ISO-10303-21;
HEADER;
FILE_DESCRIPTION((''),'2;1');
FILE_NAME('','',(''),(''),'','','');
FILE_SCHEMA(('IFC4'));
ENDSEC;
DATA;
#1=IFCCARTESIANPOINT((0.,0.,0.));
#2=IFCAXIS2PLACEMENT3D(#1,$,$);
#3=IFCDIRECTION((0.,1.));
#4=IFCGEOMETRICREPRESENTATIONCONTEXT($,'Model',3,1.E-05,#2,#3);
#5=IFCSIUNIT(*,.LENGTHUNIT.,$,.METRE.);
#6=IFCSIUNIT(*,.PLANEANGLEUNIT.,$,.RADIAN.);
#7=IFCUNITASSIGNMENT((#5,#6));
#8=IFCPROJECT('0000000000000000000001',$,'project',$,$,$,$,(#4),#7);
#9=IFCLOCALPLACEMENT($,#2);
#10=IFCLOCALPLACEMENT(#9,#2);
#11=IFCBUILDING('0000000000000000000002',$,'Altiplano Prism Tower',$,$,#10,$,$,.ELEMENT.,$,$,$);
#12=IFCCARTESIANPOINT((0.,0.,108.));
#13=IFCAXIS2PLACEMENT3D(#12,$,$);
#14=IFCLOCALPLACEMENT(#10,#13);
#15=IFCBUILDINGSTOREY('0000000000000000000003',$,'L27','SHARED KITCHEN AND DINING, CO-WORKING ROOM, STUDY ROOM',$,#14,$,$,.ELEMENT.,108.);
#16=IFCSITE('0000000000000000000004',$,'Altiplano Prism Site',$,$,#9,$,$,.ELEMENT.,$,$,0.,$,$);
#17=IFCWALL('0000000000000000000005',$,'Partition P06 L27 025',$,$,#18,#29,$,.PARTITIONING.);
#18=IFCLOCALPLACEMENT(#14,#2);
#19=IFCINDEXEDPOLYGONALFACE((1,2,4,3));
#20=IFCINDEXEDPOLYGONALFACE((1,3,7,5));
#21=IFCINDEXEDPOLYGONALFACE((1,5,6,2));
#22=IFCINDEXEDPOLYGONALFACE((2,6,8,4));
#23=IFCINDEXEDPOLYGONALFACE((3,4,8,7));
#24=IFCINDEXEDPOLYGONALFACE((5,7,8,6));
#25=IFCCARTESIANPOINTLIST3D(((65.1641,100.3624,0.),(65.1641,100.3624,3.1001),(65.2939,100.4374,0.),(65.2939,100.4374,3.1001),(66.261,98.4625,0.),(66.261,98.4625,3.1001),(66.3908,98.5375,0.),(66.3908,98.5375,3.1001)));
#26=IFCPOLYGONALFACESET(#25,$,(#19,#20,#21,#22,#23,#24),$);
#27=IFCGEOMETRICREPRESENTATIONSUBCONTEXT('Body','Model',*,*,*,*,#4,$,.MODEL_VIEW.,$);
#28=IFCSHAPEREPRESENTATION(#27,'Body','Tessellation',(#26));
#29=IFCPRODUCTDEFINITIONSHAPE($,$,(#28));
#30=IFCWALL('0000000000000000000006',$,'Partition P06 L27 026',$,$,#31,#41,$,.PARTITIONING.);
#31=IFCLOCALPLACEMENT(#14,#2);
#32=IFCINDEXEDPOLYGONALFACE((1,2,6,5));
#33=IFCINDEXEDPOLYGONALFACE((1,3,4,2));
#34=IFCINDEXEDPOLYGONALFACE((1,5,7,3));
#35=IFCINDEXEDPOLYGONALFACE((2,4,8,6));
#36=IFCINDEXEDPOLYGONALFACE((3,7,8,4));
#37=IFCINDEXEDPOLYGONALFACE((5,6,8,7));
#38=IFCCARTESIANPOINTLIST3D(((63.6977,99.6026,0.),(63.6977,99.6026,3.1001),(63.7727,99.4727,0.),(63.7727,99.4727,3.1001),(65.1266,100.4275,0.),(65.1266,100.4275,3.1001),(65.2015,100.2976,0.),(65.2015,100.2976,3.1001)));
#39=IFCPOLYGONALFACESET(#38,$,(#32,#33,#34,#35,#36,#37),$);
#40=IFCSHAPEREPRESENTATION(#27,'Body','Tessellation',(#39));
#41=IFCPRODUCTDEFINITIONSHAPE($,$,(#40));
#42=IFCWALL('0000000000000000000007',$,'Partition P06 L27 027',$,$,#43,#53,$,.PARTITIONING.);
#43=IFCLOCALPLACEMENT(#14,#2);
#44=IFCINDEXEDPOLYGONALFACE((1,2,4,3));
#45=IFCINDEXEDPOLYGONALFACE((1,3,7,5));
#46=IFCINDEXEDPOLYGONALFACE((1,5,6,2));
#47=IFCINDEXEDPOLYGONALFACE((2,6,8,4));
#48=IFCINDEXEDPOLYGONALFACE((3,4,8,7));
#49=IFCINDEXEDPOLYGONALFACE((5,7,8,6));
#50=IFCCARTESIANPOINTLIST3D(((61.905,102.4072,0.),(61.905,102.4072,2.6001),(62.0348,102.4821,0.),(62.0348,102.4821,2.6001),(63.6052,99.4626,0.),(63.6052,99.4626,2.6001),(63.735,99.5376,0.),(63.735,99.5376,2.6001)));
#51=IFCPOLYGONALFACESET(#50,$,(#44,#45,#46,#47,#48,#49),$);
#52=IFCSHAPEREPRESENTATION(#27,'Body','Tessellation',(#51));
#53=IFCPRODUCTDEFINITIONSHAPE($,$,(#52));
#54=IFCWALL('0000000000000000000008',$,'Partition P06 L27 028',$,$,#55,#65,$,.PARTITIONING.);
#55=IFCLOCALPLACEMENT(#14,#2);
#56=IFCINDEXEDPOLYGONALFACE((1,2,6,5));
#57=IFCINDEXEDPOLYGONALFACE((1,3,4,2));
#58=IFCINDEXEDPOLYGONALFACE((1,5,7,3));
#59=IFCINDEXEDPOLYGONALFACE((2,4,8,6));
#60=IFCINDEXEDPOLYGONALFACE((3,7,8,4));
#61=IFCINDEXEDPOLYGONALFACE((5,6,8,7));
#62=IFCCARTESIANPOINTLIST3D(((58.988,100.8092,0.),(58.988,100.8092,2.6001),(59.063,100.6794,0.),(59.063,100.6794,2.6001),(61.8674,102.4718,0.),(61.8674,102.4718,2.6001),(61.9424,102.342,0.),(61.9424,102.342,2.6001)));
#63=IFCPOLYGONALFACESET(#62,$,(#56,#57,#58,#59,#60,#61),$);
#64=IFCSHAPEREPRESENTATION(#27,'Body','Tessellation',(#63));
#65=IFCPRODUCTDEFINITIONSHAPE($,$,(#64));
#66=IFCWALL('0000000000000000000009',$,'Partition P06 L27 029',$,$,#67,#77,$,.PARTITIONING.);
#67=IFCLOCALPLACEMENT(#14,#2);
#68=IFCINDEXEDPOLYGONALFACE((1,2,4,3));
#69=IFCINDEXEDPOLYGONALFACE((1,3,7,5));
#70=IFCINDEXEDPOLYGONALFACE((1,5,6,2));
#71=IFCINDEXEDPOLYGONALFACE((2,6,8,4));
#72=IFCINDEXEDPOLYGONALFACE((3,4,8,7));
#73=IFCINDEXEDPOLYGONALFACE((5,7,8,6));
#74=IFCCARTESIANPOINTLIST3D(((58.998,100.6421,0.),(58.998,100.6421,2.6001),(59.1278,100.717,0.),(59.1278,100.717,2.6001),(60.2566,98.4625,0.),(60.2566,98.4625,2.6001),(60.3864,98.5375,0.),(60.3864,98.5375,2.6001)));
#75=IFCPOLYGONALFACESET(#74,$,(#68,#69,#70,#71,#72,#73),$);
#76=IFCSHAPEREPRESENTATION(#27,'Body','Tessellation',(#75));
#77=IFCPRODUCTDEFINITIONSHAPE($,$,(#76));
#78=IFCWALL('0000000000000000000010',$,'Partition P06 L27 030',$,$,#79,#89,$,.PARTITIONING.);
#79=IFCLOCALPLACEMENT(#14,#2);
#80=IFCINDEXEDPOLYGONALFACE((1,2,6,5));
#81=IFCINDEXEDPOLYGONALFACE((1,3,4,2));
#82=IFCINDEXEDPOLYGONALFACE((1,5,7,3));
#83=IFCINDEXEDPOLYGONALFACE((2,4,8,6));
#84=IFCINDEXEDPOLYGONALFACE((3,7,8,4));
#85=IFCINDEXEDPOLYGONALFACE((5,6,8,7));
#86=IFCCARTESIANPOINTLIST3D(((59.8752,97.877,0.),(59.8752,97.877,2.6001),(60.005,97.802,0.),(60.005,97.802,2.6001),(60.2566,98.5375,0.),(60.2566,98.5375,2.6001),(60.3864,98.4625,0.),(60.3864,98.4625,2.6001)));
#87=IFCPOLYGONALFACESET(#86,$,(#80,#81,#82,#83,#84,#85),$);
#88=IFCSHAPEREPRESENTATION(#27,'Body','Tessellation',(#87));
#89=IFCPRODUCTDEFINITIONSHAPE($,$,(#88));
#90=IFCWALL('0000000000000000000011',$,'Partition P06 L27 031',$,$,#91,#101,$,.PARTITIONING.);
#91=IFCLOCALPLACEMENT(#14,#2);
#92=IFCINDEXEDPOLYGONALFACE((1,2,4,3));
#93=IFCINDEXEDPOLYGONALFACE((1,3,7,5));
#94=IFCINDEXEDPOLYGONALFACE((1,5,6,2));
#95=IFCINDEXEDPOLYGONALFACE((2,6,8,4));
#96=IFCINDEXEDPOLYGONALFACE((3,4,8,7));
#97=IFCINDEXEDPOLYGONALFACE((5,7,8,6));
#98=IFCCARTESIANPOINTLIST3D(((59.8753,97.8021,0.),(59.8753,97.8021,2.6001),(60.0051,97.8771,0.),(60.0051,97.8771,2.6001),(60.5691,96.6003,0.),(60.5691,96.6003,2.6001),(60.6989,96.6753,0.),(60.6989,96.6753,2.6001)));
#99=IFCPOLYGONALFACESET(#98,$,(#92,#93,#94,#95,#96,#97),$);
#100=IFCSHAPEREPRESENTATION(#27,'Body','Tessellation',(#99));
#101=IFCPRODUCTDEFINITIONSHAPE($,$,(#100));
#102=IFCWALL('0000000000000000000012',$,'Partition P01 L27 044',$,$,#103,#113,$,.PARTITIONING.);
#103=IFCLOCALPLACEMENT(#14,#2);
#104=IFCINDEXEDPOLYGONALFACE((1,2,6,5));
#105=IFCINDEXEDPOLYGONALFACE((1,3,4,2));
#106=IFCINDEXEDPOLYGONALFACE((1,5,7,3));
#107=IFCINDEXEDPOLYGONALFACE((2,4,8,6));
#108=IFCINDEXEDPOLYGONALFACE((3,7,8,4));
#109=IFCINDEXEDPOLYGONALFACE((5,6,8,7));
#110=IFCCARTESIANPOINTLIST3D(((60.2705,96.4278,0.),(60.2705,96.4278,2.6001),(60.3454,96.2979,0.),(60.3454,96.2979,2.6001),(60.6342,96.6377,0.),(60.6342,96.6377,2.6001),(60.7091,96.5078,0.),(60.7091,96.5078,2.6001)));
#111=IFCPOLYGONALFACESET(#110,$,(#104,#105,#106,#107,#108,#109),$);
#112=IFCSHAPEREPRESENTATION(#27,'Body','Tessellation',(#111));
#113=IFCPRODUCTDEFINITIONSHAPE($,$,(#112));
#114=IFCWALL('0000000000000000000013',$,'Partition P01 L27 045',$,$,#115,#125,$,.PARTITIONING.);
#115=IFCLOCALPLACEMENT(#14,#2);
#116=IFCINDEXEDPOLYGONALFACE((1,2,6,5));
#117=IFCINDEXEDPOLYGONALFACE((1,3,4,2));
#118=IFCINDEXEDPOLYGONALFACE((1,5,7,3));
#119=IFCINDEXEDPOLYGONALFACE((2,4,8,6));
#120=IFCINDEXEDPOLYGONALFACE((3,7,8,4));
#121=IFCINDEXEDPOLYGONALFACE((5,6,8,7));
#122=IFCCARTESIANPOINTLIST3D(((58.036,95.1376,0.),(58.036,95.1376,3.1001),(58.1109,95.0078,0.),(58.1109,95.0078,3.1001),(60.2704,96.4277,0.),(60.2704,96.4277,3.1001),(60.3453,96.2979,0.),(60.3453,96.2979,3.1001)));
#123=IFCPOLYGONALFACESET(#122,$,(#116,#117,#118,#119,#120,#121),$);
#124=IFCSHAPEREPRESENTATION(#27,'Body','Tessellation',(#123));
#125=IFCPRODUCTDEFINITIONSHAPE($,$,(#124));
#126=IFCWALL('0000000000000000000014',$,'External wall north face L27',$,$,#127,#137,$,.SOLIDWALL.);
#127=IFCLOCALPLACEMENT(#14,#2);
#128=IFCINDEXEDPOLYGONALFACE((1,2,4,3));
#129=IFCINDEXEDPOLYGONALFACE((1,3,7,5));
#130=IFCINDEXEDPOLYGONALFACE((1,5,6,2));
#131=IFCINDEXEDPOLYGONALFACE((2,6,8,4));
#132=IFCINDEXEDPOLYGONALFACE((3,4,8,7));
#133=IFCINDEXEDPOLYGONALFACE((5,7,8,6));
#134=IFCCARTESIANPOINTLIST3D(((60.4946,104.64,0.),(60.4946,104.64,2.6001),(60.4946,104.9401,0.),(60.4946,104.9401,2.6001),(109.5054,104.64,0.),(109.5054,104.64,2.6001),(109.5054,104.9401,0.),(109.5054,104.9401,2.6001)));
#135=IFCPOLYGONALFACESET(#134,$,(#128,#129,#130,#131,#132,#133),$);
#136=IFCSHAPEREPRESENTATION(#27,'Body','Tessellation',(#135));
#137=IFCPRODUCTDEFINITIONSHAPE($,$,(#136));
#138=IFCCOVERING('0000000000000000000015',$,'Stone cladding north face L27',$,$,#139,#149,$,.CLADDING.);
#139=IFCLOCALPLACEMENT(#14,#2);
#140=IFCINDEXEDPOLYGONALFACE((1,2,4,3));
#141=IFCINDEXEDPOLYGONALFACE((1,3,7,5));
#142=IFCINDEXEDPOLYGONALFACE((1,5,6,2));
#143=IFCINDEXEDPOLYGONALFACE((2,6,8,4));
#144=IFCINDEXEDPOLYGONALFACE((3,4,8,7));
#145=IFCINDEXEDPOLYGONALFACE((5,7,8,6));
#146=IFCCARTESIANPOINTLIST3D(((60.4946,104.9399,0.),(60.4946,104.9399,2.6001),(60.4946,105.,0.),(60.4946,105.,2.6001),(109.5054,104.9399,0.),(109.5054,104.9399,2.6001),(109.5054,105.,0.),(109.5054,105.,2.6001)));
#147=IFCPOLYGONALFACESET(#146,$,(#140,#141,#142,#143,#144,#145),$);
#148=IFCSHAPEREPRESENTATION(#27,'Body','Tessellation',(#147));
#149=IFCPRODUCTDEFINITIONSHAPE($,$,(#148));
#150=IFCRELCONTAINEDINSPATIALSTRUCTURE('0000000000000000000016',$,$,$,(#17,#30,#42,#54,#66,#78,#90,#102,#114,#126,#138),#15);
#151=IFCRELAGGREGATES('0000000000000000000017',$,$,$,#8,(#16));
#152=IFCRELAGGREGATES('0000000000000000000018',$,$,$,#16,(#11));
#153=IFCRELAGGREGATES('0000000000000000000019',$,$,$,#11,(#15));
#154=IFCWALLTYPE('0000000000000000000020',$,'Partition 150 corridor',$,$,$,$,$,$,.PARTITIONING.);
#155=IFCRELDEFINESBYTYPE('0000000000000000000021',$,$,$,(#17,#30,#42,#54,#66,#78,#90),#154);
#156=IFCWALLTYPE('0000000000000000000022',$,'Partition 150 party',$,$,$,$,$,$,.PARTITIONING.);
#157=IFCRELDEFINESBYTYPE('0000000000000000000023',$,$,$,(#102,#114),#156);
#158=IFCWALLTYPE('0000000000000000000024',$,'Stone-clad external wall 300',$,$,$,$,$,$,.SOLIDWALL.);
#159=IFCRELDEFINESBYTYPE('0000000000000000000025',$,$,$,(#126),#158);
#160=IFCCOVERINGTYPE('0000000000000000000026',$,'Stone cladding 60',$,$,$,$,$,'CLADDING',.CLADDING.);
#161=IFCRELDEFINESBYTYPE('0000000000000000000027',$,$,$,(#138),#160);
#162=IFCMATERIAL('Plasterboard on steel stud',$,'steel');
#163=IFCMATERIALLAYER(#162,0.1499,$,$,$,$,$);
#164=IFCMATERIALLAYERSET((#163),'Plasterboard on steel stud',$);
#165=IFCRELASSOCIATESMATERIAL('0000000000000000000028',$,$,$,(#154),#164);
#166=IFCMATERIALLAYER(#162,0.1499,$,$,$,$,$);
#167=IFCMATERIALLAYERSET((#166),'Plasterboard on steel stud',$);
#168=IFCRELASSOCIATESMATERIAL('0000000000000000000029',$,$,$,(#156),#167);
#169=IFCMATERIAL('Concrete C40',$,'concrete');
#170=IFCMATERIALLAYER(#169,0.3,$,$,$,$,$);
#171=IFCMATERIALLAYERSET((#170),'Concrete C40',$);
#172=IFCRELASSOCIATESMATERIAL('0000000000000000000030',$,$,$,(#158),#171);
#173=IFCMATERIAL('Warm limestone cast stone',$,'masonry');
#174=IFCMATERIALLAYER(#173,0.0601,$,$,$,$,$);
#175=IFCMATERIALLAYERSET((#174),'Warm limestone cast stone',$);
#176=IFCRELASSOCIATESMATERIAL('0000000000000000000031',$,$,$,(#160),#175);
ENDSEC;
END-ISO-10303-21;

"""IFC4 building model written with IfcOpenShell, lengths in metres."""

from ifc_helpers import new_model, si_unit, direction, frame, frame_2d, origin, place, context, subcontext, project, spatial, rectangle, extrude, material, layer, layer_set, type_object, element, save


model = new_model("IFC4")

# Units and contexts
model_context = context("Model", 3, precision=1e-05, world=origin(), true_north=direction((0.0, 1.0)))
body_context = subcontext(model_context, "Body", "Model", "MODEL_VIEW")
ifc_project = project(units=[si_unit("LENGTHUNIT", "METRE"), si_unit("PLANEANGLEUNIT", "RADIAN")], contexts=[model_context])

# Site, building, storey
site_placement = place(None, origin())
site = spatial("IfcSite", under=ifc_project, at=site_placement, Name="Altiplano Prism Site", CompositionType="ELEMENT", RefElevation=0.0)
building_placement = place(site_placement, origin())
building = spatial("IfcBuilding", under=site, at=building_placement, Name="Altiplano Prism Tower", CompositionType="ELEMENT")
storey_placement = place(building_placement, frame((0.0, 0.0, 108.0)))
storey = spatial("IfcBuildingStorey", under=building, at=storey_placement, Name="L27", Description="SHARED KITCHEN AND DINING, CO-WORKING ROOM, STUDY ROOM", CompositionType="ELEMENT", Elevation=108.0)

# Shared definitions
ifc_material_1 = material(Name="Plasterboard on steel stud", Category="steel")
ifc_layer_1 = layer(ifc_material_1, 0.1499)
ifc_layer_set_1 = layer_set([ifc_layer_1], Name="Plasterboard on steel stud")
wall_type_1 = type_object("IfcWallType", Name="Partition 150 corridor", PredefinedType="PARTITIONING", material=ifc_layer_set_1)

# Walls
wall_1_placement = place(storey_placement, frame((66.3259, 98.5, 0.0), z_axis=(0.0, 0.0, 1.0), x_axis=(-0.500005, 0.866023, 0.0)))
element("IfcWall", 1, at=wall_1_placement, inside=storey, type_object=wall_type_1, Name="Partition P06 L27 025", PredefinedType="PARTITIONING", context=body_context, shape_type="SweptSolid", body=[
    extrude(rectangle(XDim=2.1938, YDim=0.1499, at=frame_2d((1.0969, 0.0))), origin(), (0.0, 0.0, 1.0), 3.1001),
])
wall_2_placement = place(storey_placement, frame((65.1641, 100.3625, 0.0), z_axis=(0.0, 0.0, 1.0), x_axis=(-0.86604, -0.499974, 0.0)))
element("IfcWall", 2, at=wall_2_placement, inside=storey, type_object=wall_type_1, Name="Partition P06 L27 026", PredefinedType="PARTITIONING", context=body_context, shape_type="SweptSolid", body=[
    extrude(rectangle(XDim=1.6499, YDim=0.1499, at=frame_2d((0.825, 0.0))), origin(), (0.0, 0.0, 1.0), 3.1001),
])
wall_3_placement = place(storey_placement, frame((63.6702, 99.5, 0.0), z_axis=(0.0, 0.0, 1.0), x_axis=(-0.500031, 0.866007, 0.0)))
element("IfcWall", 3, at=wall_3_placement, inside=storey, type_object=wall_type_1, Name="Partition P06 L27 027", PredefinedType="PARTITIONING", context=body_context, shape_type="SweptSolid", body=[
    extrude(rectangle(XDim=3.4001, YDim=0.1499, at=frame_2d((1.7002, 0.0))), origin(), (0.0, 0.0, 1.0), 2.6001),
])
wall_4_placement = place(storey_placement, frame((61.905, 102.407, 0.0), z_axis=(0.0, 0.0, 1.0), x_axis=(-0.866002, -0.50004, 0.0)))
element("IfcWall", 4, at=wall_4_placement, inside=storey, type_object=wall_type_1, Name="Partition P06 L27 028", PredefinedType="PARTITIONING", context=body_context, shape_type="SweptSolid", body=[
    extrude(rectangle(XDim=3.325, YDim=0.1499, at=frame_2d((1.6626, 0.0))), origin(), (0.0, 0.0, 1.0), 2.6001),
])
wall_5_placement = place(storey_placement, frame((59.063, 100.6794, 0.0), z_axis=(0.0, 0.0, 1.0), x_axis=(0.500072, -0.865984, 0.0)))
element("IfcWall", 5, at=wall_5_placement, inside=storey, type_object=wall_type_1, Name="Partition P06 L27 029", PredefinedType="PARTITIONING", context=body_context, shape_type="SweptSolid", body=[
    extrude(rectangle(XDim=2.5168, YDim=0.1499, at=frame_2d((1.2583, 0.0))), origin(), (0.0, 0.0, 1.0), 2.6001),
])
wall_6_placement = place(storey_placement, frame((60.3215, 98.5, 0.0), z_axis=(0.0, 0.0, 1.0), x_axis=(-0.500064, -0.865988, 0.0)))
element("IfcWall", 6, at=wall_6_placement, inside=storey, type_object=wall_type_1, Name="Partition P06 L27 030", PredefinedType="PARTITIONING", context=body_context, shape_type="SweptSolid", body=[
    extrude(rectangle(XDim=0.7627, YDim=0.1499, at=frame_2d((0.3813, 0.0))), origin(), (0.0, 0.0, 1.0), 2.6001),
])
wall_7_placement = place(storey_placement, frame((59.9402, 97.8396, 0.0), z_axis=(0.0, 0.0, 1.0), x_axis=(0.499961, -0.866048, 0.0)))
element("IfcWall", 7, at=wall_7_placement, inside=storey, type_object=wall_type_1, Name="Partition P06 L27 031", PredefinedType="PARTITIONING", context=body_context, shape_type="SweptSolid", body=[
    extrude(rectangle(XDim=1.3877, YDim=0.1499, at=frame_2d((0.6938, 0.0))), origin(), (0.0, 0.0, 1.0), 2.6001),
])
ifc_layer_2 = layer(ifc_material_1, 0.1499)
ifc_layer_set_2 = layer_set([ifc_layer_2], Name="Plasterboard on steel stud")
wall_type_2 = type_object("IfcWallType", Name="Partition 150 party", PredefinedType="PARTITIONING", material=ifc_layer_set_2)
wall_8_placement = place(storey_placement, frame((60.6716, 96.5728, 0.0), z_axis=(0.0, 0.0, 1.0), x_axis=(-0.866089, -0.49989, 0.0)))
element("IfcWall", 8, at=wall_8_placement, inside=storey, type_object=wall_type_2, Name="Partition P01 L27 044", PredefinedType="PARTITIONING", context=body_context, shape_type="SweptSolid", body=[
    extrude(rectangle(XDim=0.4199, YDim=0.1499, at=frame_2d((0.21, 0.0))), origin(), (0.0, 0.0, 1.0), 2.6001),
])
wall_9_placement = place(storey_placement, frame((60.3079, 96.3628, 0.0), z_axis=(0.0, 0.0, 1.0), x_axis=(-0.866022, -0.500006, 0.0)))
element("IfcWall", 9, at=wall_9_placement, inside=storey, type_object=wall_type_2, Name="Partition P01 L27 045", PredefinedType="PARTITIONING", context=body_context, shape_type="SweptSolid", body=[
    extrude(rectangle(XDim=2.5801, YDim=0.1499, at=frame_2d((1.29, 0.0))), origin(), (0.0, 0.0, 1.0), 3.1001),
])
ifc_material_2 = material(Name="Concrete C40", Category="concrete")
ifc_layer_3 = layer(ifc_material_2, 0.3)
ifc_layer_set_3 = layer_set([ifc_layer_3], Name="Concrete C40")
wall_type_3 = type_object("IfcWallType", Name="Stone-clad external wall 300", PredefinedType="SOLIDWALL", material=ifc_layer_set_3)
wall_10_placement = place(storey_placement, frame((60.4946, 104.79, 0.0), z_axis=(0.0, 0.0, 1.0), x_axis=(1.0, 0.0, 0.0)))
element("IfcWall", 10, at=wall_10_placement, inside=storey, type_object=wall_type_3, Name="External wall north face L27", PredefinedType="SOLIDWALL", context=body_context, shape_type="SweptSolid", body=[
    extrude(rectangle(XDim=49.0107, YDim=0.3, at=frame_2d((24.5054, 0.0))), origin(), (0.0, 0.0, 1.0), 2.6001),
])

# Covering
ifc_material_3 = material(Name="Warm limestone cast stone", Category="masonry")
ifc_layer_4 = layer(ifc_material_3, 0.0601)
ifc_layer_set_4 = layer_set([ifc_layer_4], Name="Warm limestone cast stone")
covering_type = type_object("IfcCoveringType", Name="Stone cladding 60", ElementType="CLADDING", PredefinedType="CLADDING", material=ifc_layer_set_4)
covering_placement = place(storey_placement, frame((60.4946, 104.97, 0.0), z_axis=(0.0, 0.0, 1.0), x_axis=(1.0, 0.0, 0.0)))
element("IfcCovering", 11, at=covering_placement, inside=storey, type_object=covering_type, Name="Stone cladding north face L27", PredefinedType="CLADDING", context=body_context, shape_type="SweptSolid", body=[
    extrude(rectangle(XDim=49.0107, YDim=0.0601, at=frame_2d((24.5054, 0.0))), origin(), (0.0, 0.0, 1.0), 2.6001),
])

save(model, "model.ifc")
